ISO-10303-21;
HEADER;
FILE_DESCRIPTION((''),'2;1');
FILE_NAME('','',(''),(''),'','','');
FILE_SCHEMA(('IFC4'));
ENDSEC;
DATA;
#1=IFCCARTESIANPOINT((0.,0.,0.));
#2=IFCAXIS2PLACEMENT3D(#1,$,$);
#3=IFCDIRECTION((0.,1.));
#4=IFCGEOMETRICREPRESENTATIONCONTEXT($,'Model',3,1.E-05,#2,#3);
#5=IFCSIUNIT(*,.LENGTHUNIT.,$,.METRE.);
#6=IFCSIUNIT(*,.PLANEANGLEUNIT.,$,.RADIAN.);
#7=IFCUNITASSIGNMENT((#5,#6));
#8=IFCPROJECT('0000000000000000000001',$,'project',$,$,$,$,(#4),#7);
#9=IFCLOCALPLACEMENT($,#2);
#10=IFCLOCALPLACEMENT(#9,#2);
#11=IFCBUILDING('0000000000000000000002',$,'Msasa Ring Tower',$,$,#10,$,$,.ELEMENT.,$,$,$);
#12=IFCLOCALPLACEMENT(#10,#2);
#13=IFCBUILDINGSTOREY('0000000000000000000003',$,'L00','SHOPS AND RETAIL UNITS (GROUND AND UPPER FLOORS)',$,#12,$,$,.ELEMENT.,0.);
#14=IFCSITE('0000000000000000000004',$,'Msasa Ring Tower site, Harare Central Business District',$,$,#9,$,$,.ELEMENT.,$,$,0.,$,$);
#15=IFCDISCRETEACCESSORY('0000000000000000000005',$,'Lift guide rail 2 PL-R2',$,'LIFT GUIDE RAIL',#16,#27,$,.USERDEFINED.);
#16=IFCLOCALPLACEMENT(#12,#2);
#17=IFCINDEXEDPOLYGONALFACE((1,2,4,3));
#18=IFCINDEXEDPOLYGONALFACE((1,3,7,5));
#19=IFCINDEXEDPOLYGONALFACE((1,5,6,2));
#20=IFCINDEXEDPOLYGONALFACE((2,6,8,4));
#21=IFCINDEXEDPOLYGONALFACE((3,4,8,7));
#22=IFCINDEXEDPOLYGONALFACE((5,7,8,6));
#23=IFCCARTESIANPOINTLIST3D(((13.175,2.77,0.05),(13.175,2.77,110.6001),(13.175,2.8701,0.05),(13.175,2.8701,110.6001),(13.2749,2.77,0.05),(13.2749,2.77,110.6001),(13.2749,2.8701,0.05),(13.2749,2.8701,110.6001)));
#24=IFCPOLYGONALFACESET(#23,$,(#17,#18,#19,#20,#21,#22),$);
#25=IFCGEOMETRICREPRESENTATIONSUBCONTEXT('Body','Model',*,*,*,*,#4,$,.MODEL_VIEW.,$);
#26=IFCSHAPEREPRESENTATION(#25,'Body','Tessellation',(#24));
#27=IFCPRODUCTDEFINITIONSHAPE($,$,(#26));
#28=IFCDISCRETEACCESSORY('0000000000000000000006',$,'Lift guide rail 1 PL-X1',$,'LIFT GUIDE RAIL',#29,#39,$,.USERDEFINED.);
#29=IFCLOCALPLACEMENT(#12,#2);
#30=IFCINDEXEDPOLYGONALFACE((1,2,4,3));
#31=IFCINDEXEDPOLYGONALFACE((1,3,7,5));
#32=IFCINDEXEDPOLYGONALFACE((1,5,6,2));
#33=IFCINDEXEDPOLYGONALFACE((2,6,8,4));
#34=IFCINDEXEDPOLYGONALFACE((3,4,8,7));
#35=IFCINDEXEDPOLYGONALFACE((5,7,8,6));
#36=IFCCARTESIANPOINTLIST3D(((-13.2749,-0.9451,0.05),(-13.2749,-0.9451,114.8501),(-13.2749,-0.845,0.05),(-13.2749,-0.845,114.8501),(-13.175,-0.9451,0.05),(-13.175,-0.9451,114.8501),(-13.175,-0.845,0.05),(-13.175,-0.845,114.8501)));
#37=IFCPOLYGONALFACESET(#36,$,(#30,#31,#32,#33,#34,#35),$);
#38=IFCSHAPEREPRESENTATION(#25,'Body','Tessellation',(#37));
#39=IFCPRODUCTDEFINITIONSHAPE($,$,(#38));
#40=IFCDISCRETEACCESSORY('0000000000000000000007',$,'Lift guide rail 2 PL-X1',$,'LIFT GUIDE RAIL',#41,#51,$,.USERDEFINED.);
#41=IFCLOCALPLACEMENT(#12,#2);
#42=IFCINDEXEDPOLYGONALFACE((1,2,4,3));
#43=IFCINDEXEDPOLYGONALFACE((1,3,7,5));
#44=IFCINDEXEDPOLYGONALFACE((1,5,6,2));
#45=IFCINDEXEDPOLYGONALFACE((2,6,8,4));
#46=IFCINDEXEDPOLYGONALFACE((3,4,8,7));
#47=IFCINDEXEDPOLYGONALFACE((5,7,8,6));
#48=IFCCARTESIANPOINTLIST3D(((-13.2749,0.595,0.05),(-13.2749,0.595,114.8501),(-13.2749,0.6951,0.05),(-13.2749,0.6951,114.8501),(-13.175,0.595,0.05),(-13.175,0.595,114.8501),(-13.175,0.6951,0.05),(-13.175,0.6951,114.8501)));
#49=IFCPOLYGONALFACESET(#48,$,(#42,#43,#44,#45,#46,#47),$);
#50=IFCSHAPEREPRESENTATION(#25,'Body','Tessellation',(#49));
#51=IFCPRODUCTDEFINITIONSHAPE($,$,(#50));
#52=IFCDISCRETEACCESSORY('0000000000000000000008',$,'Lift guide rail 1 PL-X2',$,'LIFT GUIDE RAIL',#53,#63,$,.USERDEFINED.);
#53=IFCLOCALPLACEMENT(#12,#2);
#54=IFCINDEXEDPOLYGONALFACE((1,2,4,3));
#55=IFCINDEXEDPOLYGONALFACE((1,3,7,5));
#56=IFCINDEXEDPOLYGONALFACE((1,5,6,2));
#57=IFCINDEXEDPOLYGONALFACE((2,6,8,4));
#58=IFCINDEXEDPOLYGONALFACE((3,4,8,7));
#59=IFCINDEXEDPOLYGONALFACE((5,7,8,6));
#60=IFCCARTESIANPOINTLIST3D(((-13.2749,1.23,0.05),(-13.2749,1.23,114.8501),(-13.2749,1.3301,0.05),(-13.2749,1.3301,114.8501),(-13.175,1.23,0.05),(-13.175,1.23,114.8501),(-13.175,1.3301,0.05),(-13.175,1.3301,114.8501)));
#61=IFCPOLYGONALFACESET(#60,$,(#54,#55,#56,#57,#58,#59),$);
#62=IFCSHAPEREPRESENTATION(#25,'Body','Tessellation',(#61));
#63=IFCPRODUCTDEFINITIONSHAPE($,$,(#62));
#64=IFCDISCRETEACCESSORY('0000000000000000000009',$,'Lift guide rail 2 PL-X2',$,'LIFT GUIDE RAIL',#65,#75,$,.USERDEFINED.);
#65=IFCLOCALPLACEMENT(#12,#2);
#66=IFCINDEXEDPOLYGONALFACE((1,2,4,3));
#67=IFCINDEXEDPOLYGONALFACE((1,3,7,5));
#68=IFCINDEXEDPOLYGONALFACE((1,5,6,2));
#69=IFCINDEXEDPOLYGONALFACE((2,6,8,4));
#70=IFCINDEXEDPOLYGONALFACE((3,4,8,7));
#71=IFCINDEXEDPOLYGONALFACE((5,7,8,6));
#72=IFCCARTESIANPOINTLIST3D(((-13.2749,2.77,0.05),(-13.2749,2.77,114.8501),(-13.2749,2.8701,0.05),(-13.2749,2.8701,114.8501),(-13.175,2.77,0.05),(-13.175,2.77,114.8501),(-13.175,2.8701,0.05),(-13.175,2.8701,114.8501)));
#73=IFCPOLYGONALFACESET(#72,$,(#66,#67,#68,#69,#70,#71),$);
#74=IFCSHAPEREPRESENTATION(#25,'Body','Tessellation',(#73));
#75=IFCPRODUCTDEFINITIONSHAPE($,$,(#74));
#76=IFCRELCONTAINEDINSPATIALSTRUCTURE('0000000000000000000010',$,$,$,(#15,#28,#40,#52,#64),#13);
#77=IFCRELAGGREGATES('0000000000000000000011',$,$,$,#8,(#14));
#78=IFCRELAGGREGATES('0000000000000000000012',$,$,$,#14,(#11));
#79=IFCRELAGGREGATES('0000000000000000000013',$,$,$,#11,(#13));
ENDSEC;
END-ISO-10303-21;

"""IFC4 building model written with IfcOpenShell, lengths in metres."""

from ifc_helpers import new_model, si_unit, direction, frame, origin, place, context, subcontext, project, spatial, polyline, outline, extrude, element, save


model = new_model("IFC4")

# Units and contexts
model_context = context("Model", 3, precision=1e-05, world=origin(), true_north=direction((0.0, 1.0)))
body_context = subcontext(model_context, "Body", "Model", "MODEL_VIEW")
ifc_project = project(units=[si_unit("LENGTHUNIT", "METRE"), si_unit("PLANEANGLEUNIT", "RADIAN")], contexts=[model_context])

# Site, building, storey
site_placement = place(None, origin())
site = spatial("IfcSite", under=ifc_project, at=site_placement, Name="Msasa Ring Tower site, Harare Central Business District", CompositionType="ELEMENT", RefElevation=0.0)
building_placement = place(site_placement, origin())
building = spatial("IfcBuilding", under=site, at=building_placement, Name="Msasa Ring Tower", CompositionType="ELEMENT")
storey_placement = place(building_placement, origin())
storey = spatial("IfcBuildingStorey", under=building, at=storey_placement, Name="L00", Description="SHOPS AND RETAIL UNITS (GROUND AND UPPER FLOORS)", CompositionType="ELEMENT", Elevation=0.0)

# Discrete accessories
discrete_accessory_1_placement = place(storey_placement, frame((0.0, 0.0, 0.05)))
element("IfcDiscreteAccessory", 1, at=discrete_accessory_1_placement, inside=storey, Name="Lift guide rail 2 PL-R2", ObjectType="LIFT GUIDE RAIL", PredefinedType="USERDEFINED", context=body_context, shape_type="SweptSolid", body=[
    extrude(outline(polyline([(13.175, 2.77), (13.2749, 2.77), (13.2749, 2.8701), (13.175, 2.8701), (13.175, 2.77)])), origin(), (0.0, 0.0, 1.0), 110.55),
])
discrete_accessory_2_placement = place(storey_placement, frame((0.0, 0.0, 0.05)))
element("IfcDiscreteAccessory", 2, at=discrete_accessory_2_placement, inside=storey, Name="Lift guide rail 1 PL-X1", ObjectType="LIFT GUIDE RAIL", PredefinedType="USERDEFINED", context=body_context, shape_type="SweptSolid", body=[
    extrude(outline(polyline([(-13.2749, -0.9451), (-13.175, -0.9451), (-13.175, -0.845), (-13.2749, -0.845), (-13.2749, -0.9451)])), origin(), (0.0, 0.0, 1.0), 114.8),
])
discrete_accessory_3_placement = place(storey_placement, frame((0.0, 0.0, 0.05)))
element("IfcDiscreteAccessory", 3, at=discrete_accessory_3_placement, inside=storey, Name="Lift guide rail 2 PL-X1", ObjectType="LIFT GUIDE RAIL", PredefinedType="USERDEFINED", context=body_context, shape_type="SweptSolid", body=[
    extrude(outline(polyline([(-13.2749, 0.595), (-13.175, 0.595), (-13.175, 0.6951), (-13.2749, 0.6951), (-13.2749, 0.595)])), origin(), (0.0, 0.0, 1.0), 114.8),
])
discrete_accessory_4_placement = place(storey_placement, frame((0.0, 0.0, 0.05)))
element("IfcDiscreteAccessory", 4, at=discrete_accessory_4_placement, inside=storey, Name="Lift guide rail 1 PL-X2", ObjectType="LIFT GUIDE RAIL", PredefinedType="USERDEFINED", context=body_context, shape_type="SweptSolid", body=[
    extrude(outline(polyline([(-13.2749, 1.23), (-13.175, 1.23), (-13.175, 1.3301), (-13.2749, 1.3301), (-13.2749, 1.23)])), origin(), (0.0, 0.0, 1.0), 114.8),
])
discrete_accessory_5_placement = place(storey_placement, frame((0.0, 0.0, 0.05)))
element("IfcDiscreteAccessory", 5, at=discrete_accessory_5_placement, inside=storey, Name="Lift guide rail 2 PL-X2", ObjectType="LIFT GUIDE RAIL", PredefinedType="USERDEFINED", context=body_context, shape_type="SweptSolid", body=[
    extrude(outline(polyline([(-13.2749, 2.77), (-13.175, 2.77), (-13.175, 2.8701), (-13.2749, 2.8701), (-13.2749, 2.77)])), origin(), (0.0, 0.0, 1.0), 114.8),
])

save(model, "model.ifc")
